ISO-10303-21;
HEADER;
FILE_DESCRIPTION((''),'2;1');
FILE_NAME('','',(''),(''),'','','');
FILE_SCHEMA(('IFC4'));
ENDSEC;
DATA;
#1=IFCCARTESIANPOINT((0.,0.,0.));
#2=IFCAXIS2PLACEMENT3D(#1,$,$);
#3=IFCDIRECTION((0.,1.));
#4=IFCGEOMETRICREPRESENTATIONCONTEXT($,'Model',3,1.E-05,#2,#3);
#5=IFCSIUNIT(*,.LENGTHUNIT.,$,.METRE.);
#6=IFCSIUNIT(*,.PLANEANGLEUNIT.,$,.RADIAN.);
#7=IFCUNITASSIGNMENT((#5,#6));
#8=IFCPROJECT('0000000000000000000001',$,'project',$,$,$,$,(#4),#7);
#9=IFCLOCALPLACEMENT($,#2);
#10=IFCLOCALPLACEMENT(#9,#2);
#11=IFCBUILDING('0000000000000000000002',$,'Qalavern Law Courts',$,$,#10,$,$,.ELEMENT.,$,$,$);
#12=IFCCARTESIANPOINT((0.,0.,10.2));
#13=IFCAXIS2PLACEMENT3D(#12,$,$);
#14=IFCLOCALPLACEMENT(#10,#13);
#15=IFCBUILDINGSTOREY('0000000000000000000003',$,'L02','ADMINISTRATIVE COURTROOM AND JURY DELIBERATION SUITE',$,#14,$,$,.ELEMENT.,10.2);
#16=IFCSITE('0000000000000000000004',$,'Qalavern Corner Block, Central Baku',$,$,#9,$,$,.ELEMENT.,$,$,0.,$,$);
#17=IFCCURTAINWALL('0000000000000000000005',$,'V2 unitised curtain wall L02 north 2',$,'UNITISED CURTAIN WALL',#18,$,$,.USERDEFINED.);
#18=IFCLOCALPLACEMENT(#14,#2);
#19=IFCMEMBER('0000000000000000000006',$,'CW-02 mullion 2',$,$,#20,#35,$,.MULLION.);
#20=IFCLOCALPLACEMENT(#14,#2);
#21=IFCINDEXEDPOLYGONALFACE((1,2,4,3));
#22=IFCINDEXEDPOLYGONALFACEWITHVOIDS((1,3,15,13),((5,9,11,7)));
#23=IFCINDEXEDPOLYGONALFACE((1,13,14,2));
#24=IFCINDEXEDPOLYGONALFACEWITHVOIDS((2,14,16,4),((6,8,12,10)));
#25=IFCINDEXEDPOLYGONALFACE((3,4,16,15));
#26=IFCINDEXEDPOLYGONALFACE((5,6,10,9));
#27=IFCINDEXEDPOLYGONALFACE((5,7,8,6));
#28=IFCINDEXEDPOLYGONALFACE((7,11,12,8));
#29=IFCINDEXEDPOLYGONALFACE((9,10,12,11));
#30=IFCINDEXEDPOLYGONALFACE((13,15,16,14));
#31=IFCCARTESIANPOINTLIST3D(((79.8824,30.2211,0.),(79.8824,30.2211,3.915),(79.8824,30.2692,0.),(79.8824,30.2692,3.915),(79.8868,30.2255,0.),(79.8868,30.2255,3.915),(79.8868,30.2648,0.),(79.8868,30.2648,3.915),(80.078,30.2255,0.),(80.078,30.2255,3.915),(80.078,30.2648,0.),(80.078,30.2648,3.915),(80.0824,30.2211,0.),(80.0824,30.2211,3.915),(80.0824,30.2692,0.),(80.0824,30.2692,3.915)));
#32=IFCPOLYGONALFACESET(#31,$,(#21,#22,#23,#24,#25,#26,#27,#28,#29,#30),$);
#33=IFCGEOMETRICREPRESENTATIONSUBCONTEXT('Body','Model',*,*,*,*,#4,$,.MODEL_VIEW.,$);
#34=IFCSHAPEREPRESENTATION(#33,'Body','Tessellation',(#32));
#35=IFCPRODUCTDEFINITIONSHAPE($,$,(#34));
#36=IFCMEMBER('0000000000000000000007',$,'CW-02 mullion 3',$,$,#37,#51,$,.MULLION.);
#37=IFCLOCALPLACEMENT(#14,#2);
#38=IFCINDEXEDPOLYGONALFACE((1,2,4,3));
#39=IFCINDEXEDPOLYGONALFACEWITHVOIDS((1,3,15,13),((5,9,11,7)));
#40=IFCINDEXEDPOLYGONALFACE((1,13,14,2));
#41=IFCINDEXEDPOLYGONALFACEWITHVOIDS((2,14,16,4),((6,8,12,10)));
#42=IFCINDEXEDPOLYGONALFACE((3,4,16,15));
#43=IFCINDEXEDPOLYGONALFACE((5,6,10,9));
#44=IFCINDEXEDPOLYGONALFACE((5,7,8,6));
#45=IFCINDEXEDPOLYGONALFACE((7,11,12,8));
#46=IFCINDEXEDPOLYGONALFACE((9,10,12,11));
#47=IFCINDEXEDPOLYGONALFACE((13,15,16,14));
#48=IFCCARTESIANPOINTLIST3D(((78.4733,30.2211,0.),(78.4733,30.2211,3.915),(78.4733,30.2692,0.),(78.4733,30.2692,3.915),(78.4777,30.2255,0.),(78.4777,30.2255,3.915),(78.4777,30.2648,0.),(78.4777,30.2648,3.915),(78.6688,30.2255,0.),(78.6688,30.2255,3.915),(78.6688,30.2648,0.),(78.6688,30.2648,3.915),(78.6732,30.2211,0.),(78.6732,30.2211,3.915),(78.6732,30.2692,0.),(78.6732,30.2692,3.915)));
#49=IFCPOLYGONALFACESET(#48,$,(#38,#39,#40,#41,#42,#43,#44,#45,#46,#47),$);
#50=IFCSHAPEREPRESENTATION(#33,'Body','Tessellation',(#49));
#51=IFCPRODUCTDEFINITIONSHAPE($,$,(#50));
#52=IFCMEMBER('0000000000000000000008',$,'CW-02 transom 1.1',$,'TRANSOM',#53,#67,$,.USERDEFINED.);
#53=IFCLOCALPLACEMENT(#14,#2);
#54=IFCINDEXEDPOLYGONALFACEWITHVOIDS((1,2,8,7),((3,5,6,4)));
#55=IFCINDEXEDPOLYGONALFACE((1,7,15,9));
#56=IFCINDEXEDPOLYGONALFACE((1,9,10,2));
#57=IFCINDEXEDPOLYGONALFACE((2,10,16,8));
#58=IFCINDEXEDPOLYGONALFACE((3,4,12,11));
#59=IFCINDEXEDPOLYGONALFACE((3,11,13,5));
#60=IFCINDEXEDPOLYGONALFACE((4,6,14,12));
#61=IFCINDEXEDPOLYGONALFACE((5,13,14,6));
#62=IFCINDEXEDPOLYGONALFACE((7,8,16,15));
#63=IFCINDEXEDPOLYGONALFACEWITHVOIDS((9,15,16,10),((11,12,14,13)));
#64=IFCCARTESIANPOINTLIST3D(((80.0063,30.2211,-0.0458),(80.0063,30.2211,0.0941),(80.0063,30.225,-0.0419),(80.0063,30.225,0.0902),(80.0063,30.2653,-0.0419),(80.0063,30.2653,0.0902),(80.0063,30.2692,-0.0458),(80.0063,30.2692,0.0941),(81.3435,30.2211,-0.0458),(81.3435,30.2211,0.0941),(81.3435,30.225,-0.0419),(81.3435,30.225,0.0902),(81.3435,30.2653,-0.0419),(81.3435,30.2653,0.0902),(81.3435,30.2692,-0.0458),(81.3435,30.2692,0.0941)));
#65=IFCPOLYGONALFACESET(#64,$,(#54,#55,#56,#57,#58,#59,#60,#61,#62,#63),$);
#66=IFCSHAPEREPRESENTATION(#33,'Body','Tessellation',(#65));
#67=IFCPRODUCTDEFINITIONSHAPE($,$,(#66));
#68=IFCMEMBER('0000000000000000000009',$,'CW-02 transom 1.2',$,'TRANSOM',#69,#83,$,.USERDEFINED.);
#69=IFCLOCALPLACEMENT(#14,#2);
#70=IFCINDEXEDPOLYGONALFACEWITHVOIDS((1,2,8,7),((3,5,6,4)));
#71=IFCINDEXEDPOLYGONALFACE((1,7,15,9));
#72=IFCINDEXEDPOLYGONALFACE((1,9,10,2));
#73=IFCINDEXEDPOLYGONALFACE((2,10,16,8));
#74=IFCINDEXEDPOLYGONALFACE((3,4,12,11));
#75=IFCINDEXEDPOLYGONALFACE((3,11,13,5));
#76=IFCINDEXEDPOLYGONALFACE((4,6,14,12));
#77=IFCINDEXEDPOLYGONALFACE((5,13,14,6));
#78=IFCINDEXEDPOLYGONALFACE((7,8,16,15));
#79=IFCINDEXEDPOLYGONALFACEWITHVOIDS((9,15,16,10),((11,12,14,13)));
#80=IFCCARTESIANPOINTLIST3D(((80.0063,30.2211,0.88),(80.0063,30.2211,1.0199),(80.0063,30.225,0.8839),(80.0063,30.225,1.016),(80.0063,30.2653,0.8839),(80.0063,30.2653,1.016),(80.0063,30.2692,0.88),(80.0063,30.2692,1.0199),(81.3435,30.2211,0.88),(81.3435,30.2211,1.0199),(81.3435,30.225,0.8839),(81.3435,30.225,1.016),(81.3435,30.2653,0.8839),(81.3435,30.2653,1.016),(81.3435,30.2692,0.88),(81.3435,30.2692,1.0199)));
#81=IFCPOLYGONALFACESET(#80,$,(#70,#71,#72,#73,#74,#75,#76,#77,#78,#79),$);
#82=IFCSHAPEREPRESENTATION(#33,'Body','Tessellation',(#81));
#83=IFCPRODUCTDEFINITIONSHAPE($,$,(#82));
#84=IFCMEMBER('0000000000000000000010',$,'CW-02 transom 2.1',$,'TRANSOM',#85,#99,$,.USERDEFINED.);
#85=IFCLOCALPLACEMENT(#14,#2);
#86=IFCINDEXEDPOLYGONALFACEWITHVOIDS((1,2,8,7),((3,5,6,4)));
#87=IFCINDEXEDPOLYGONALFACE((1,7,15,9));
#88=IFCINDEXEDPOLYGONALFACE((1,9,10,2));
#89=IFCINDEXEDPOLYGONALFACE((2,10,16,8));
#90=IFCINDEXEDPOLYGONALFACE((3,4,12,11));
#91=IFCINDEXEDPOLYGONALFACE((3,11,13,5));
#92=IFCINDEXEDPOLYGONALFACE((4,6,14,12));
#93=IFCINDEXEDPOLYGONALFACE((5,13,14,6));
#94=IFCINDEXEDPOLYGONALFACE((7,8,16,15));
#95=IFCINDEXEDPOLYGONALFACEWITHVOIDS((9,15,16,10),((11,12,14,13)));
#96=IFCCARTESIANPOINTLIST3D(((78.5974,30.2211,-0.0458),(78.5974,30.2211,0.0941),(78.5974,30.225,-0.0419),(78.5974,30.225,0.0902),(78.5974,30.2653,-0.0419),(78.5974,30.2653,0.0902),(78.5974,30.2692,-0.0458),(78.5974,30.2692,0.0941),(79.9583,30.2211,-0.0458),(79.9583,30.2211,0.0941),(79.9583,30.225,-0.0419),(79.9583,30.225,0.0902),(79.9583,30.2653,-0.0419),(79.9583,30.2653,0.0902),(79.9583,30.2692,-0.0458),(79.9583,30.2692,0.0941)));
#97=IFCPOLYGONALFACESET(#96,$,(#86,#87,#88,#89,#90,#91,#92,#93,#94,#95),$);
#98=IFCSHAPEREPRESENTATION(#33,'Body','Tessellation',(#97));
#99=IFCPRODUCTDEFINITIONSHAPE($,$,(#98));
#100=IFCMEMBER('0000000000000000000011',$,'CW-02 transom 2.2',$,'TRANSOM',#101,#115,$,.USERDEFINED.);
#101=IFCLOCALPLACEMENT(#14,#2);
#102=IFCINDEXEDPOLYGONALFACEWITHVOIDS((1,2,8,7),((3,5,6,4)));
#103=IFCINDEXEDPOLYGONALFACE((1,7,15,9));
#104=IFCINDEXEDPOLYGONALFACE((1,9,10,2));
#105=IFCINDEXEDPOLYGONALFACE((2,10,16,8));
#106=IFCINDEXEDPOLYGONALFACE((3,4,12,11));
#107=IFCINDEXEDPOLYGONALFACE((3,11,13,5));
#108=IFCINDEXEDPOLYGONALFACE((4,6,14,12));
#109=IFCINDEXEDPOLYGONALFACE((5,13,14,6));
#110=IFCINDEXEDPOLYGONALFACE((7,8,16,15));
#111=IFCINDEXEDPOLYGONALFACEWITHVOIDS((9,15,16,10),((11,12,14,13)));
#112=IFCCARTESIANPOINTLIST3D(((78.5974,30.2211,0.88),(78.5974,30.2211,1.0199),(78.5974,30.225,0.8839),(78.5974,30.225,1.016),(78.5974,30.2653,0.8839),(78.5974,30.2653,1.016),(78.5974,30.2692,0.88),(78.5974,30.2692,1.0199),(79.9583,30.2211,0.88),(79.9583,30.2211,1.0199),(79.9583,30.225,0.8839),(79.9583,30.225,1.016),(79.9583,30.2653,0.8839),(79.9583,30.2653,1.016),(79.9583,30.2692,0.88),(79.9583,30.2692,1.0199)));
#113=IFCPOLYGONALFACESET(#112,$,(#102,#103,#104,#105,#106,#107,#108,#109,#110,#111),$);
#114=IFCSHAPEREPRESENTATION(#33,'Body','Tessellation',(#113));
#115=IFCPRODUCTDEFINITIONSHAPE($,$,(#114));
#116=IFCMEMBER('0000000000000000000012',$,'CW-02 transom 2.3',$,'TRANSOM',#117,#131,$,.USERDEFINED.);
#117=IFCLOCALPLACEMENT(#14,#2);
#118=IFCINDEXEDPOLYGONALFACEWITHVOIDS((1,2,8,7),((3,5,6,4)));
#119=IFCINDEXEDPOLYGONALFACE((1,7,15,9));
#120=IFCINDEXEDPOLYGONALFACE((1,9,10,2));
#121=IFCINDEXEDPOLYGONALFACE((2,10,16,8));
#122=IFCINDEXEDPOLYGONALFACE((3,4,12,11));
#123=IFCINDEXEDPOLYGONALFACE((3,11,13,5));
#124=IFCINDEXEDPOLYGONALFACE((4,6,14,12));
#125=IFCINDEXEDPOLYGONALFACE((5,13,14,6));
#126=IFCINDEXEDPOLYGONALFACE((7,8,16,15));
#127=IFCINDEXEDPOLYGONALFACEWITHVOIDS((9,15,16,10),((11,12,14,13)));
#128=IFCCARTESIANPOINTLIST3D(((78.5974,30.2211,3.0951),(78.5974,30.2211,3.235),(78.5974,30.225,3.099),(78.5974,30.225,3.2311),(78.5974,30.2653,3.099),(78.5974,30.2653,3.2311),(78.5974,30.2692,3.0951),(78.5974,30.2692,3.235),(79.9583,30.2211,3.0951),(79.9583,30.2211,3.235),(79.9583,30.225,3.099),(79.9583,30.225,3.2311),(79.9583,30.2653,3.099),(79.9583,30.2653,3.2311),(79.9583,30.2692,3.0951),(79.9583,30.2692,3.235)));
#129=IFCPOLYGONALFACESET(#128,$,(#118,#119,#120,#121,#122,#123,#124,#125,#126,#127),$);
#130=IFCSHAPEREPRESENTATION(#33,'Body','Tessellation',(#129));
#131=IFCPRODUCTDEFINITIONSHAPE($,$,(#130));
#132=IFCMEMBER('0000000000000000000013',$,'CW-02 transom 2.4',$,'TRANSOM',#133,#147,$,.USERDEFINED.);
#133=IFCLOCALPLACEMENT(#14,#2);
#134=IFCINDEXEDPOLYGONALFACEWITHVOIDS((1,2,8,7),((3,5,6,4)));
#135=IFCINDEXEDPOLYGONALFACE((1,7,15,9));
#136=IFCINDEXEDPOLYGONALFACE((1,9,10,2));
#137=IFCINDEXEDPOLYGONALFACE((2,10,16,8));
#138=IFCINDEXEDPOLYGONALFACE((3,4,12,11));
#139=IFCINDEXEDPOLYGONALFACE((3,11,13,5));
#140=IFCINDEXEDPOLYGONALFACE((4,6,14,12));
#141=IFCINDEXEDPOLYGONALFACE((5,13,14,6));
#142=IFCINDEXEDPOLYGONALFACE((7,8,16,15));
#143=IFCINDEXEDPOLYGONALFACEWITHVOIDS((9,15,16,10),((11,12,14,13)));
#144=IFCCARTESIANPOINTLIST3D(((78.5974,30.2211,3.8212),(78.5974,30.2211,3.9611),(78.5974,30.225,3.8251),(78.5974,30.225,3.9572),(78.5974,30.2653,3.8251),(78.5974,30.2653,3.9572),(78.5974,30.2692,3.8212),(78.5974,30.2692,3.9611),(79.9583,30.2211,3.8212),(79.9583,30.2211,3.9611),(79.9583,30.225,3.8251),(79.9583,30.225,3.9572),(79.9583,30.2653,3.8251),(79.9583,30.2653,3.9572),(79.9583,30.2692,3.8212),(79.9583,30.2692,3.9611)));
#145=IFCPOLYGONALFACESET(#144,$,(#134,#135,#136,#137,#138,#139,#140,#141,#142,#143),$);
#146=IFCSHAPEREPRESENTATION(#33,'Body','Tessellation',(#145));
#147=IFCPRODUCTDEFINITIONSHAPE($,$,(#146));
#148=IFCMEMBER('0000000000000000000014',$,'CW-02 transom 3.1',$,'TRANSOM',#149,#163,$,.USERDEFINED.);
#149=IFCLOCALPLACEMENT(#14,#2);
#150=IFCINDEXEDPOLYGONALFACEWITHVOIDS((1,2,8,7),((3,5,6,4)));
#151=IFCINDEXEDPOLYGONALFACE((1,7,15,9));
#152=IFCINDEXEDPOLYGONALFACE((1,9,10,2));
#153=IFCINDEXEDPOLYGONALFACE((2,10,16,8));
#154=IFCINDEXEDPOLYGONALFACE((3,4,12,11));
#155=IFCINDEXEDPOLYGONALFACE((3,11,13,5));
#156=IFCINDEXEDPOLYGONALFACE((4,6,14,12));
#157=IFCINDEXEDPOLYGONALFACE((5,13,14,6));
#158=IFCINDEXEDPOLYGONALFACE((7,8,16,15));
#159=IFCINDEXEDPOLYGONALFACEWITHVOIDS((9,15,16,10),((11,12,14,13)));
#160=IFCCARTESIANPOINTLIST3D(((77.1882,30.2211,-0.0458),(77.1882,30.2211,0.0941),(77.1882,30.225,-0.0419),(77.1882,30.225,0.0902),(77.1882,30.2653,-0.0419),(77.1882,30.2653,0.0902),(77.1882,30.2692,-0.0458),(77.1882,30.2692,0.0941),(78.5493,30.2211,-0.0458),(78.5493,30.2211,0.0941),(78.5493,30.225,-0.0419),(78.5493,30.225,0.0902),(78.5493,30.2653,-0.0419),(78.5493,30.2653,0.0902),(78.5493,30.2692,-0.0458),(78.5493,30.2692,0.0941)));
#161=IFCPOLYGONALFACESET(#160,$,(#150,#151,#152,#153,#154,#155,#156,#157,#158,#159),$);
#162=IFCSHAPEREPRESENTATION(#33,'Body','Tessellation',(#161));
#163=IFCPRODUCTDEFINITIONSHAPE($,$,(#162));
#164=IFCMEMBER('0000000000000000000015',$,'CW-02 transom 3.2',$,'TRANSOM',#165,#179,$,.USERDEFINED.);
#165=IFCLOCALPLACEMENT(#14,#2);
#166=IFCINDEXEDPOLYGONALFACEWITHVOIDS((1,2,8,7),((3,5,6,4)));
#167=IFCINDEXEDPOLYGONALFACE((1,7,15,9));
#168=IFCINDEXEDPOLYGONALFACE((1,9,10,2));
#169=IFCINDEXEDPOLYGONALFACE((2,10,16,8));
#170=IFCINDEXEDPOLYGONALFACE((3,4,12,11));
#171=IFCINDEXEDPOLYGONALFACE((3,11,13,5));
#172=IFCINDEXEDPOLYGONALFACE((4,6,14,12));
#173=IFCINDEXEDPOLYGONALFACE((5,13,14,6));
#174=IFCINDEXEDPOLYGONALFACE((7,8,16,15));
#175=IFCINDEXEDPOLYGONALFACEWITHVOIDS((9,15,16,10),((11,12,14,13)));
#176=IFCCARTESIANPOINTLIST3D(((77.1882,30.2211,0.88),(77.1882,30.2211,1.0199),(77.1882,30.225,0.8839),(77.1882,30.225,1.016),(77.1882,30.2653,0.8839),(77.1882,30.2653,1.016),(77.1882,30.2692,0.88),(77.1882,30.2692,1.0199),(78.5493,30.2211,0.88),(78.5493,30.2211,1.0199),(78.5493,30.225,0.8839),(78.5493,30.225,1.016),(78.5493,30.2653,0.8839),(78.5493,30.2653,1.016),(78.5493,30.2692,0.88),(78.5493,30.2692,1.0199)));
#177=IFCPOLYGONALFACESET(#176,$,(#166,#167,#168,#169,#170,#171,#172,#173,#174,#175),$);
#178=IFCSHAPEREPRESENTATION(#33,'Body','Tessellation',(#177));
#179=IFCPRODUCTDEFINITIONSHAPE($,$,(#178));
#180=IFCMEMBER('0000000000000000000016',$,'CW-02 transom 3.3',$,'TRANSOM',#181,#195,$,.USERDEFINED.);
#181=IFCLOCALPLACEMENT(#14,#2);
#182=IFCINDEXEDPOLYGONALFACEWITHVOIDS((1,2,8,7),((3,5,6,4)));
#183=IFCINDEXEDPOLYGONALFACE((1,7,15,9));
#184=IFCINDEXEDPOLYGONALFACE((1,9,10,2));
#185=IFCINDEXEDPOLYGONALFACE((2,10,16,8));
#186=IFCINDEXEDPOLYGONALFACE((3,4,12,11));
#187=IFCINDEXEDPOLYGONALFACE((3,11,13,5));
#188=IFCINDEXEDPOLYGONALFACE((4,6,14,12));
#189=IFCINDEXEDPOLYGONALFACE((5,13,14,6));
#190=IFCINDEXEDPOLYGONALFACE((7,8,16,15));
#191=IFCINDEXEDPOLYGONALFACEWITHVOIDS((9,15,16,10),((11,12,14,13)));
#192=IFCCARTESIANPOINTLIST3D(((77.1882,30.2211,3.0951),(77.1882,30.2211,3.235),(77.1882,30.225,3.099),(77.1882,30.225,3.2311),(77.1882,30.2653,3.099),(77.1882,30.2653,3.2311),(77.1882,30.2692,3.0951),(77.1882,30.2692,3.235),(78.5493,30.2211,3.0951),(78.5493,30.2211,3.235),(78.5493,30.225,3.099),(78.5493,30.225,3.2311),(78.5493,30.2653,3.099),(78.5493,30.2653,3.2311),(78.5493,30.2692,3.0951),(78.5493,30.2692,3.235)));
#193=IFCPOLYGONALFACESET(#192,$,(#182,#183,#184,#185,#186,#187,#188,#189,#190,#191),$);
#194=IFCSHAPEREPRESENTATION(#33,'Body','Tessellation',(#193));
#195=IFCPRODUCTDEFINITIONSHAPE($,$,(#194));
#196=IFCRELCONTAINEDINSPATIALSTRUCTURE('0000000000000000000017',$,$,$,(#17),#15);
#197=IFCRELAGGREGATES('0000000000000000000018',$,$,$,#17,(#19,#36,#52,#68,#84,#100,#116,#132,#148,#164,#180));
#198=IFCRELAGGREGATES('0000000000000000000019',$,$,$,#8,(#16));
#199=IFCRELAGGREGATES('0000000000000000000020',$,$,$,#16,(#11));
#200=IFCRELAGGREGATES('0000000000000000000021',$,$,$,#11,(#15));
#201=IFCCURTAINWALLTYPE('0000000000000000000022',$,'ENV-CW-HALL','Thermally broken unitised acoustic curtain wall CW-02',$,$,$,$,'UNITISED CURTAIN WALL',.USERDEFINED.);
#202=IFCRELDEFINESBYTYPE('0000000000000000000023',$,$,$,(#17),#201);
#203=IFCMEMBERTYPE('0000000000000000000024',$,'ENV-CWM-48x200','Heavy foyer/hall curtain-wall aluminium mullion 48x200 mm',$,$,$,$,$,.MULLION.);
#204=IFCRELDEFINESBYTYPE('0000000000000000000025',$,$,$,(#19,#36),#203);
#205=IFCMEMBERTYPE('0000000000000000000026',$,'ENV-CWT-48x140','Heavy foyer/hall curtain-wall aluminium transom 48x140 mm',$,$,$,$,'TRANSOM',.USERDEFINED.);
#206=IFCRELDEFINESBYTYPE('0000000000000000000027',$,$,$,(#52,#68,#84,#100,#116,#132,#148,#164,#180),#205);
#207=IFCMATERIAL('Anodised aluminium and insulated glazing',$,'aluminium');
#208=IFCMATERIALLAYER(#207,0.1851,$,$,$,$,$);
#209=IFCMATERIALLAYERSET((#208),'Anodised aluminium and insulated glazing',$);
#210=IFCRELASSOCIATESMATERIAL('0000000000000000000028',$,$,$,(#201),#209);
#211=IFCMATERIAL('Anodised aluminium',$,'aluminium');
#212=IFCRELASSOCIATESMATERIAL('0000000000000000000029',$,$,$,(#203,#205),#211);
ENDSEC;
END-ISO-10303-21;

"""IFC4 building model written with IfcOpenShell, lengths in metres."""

from ifc_helpers import new_model, si_unit, direction, frame, origin, origin_2d, place, context, subcontext, project, spatial, hollow_rectangle, extrude, material, layer, layer_set, material_profile, profile_set, type_object, element, aggregate, save


model = new_model("IFC4")

# Units and contexts
model_context = context("Model", 3, precision=1e-05, world=origin(), true_north=direction((0.0, 1.0)))
body_context = subcontext(model_context, "Body", "Model", "MODEL_VIEW")
ifc_project = project(units=[si_unit("LENGTHUNIT", "METRE"), si_unit("PLANEANGLEUNIT", "RADIAN")], contexts=[model_context])

# Site, building, storey
site_placement = place(None, origin())
site = spatial("IfcSite", under=ifc_project, at=site_placement, Name="Qalavern Corner Block, Central Baku", CompositionType="ELEMENT", RefElevation=0.0)
building_placement = place(site_placement, origin())
building = spatial("IfcBuilding", under=site, at=building_placement, Name="Qalavern Law Courts", CompositionType="ELEMENT")
storey_placement = place(building_placement, frame((0.0, 0.0, 10.2)))
storey = spatial("IfcBuildingStorey", under=building, at=storey_placement, Name="L02", Description="ADMINISTRATIVE COURTROOM AND JURY DELIBERATION SUITE", CompositionType="ELEMENT", Elevation=10.2)

# Curtain wall, members
ifc_material_1 = material(Name="Anodised aluminium and insulated glazing", Category="aluminium")
ifc_layer_1 = layer(ifc_material_1, 0.1851)
ifc_layer_set_1 = layer_set([ifc_layer_1], Name="Anodised aluminium and insulated glazing")
curtain_wall_type = type_object("IfcCurtainWallType", Name="ENV-CW-HALL", Description="Thermally broken unitised acoustic curtain wall CW-02", ElementType="UNITISED CURTAIN WALL", PredefinedType="USERDEFINED", material=ifc_layer_set_1)
curtain_wall_placement = place(storey_placement, origin())
curtain_wall = element("IfcCurtainWall", 1, at=curtain_wall_placement, inside=storey, type_object=curtain_wall_type, Name="V2 unitised curtain wall L02 north 2", ObjectType="UNITISED CURTAIN WALL", PredefinedType="USERDEFINED")
ifc_material_2 = material(Name="Anodised aluminium", Category="aluminium")
ifc_material_profile_1 = material_profile(ifc_material_2, hollow_rectangle(XDim=0.0481, YDim=0.2, WallThickness=0.0044, at=origin_2d()), Name="ALU MULLION 48x200")
ifc_profile_set_1 = profile_set([ifc_material_profile_1], Name="Anodised aluminium")
member_type_1 = type_object("IfcMemberType", Name="ENV-CWM-48x200", Description="Heavy foyer/hall curtain-wall aluminium mullion 48x200 mm", PredefinedType="MULLION", material=ifc_profile_set_1)
member_1_placement = place(storey_placement, frame((79.9824, 30.2451, 0.0), z_axis=(0.0, 0.0, 1.0), x_axis=(0.0, -1.0, 0.0)))
member_1 = element("IfcMember", 2, at=member_1_placement, type_object=member_type_1, Name="CW-02 mullion 2", PredefinedType="MULLION", context=body_context, shape_type="SweptSolid", body=[
    extrude(hollow_rectangle(XDim=0.0481, YDim=0.2, WallThickness=0.0044, at=origin_2d()), origin(), (0.0, 0.0, 1.0), 3.915),
])
member_2_placement = place(storey_placement, frame((78.5732, 30.2451, 0.0), z_axis=(0.0, 0.0, 1.0), x_axis=(0.0, -1.0, 0.0)))
member_2 = element("IfcMember", 3, at=member_2_placement, type_object=member_type_1, Name="CW-02 mullion 3", PredefinedType="MULLION", context=body_context, shape_type="SweptSolid", body=[
    extrude(hollow_rectangle(XDim=0.0481, YDim=0.2, WallThickness=0.0044, at=origin_2d()), origin(), (0.0, 0.0, 1.0), 3.915),
])
ifc_material_profile_2 = material_profile(ifc_material_2, hollow_rectangle(XDim=0.0481, YDim=0.1399, WallThickness=0.0039, at=origin_2d()), Name="ALU TRANSOM 48x140")
ifc_profile_set_2 = profile_set([ifc_material_profile_2], Name="Anodised aluminium")
member_type_2 = type_object("IfcMemberType", Name="ENV-CWT-48x140", Description="Heavy foyer/hall curtain-wall aluminium transom 48x140 mm", ElementType="TRANSOM", PredefinedType="USERDEFINED", material=ifc_profile_set_2)
member_3_placement = place(storey_placement, frame((81.3435, 30.2451, 0.0242), z_axis=(-1.0, 0.0, 0.0), x_axis=(0.0, -1.0, 0.0)))
member_3 = element("IfcMember", 4, at=member_3_placement, type_object=member_type_2, Name="CW-02 transom 1.1", ObjectType="TRANSOM", PredefinedType="USERDEFINED", context=body_context, shape_type="SweptSolid", body=[
    extrude(hollow_rectangle(XDim=0.0481, YDim=0.1399, WallThickness=0.0039, at=origin_2d()), origin(), (0.0, 0.0, 1.0), 1.3372),
])
member_4_placement = place(storey_placement, frame((81.3435, 30.2451, 0.95), z_axis=(-1.0, 0.0, 0.0), x_axis=(0.0, -1.0, 0.0)))
member_4 = element("IfcMember", 5, at=member_4_placement, type_object=member_type_2, Name="CW-02 transom 1.2", ObjectType="TRANSOM", PredefinedType="USERDEFINED", context=body_context, shape_type="SweptSolid", body=[
    extrude(hollow_rectangle(XDim=0.0481, YDim=0.1399, WallThickness=0.0039, at=origin_2d()), origin(), (0.0, 0.0, 1.0), 1.3372),
])
member_5_placement = place(storey_placement, frame((79.9583, 30.2451, 0.0242), z_axis=(-1.0, 0.0, 0.0), x_axis=(0.0, -1.0, 0.0)))
member_5 = element("IfcMember", 6, at=member_5_placement, type_object=member_type_2, Name="CW-02 transom 2.1", ObjectType="TRANSOM", PredefinedType="USERDEFINED", context=body_context, shape_type="SweptSolid", body=[
    extrude(hollow_rectangle(XDim=0.0481, YDim=0.1399, WallThickness=0.0039, at=origin_2d()), origin(), (0.0, 0.0, 1.0), 1.3608),
])
member_6_placement = place(storey_placement, frame((79.9583, 30.2451, 0.95), z_axis=(-1.0, 0.0, 0.0), x_axis=(0.0, -1.0, 0.0)))
member_6 = element("IfcMember", 7, at=member_6_placement, type_object=member_type_2, Name="CW-02 transom 2.2", ObjectType="TRANSOM", PredefinedType="USERDEFINED", context=body_context, shape_type="SweptSolid", body=[
    extrude(hollow_rectangle(XDim=0.0481, YDim=0.1399, WallThickness=0.0039, at=origin_2d()), origin(), (0.0, 0.0, 1.0), 1.3608),
])
member_7_placement = place(storey_placement, frame((79.9583, 30.2451, 3.165), z_axis=(-1.0, 0.0, 0.0), x_axis=(0.0, -1.0, 0.0)))
member_7 = element("IfcMember", 8, at=member_7_placement, type_object=member_type_2, Name="CW-02 transom 2.3", ObjectType="TRANSOM", PredefinedType="USERDEFINED", context=body_context, shape_type="SweptSolid", body=[
    extrude(hollow_rectangle(XDim=0.0481, YDim=0.1399, WallThickness=0.0039, at=origin_2d()), origin(), (0.0, 0.0, 1.0), 1.3608),
])
member_8_placement = place(storey_placement, frame((79.9583, 30.2451, 3.8911), z_axis=(-1.0, 0.0, 0.0), x_axis=(0.0, -1.0, 0.0)))
member_8 = element("IfcMember", 9, at=member_8_placement, type_object=member_type_2, Name="CW-02 transom 2.4", ObjectType="TRANSOM", PredefinedType="USERDEFINED", context=body_context, shape_type="SweptSolid", body=[
    extrude(hollow_rectangle(XDim=0.0481, YDim=0.1399, WallThickness=0.0039, at=origin_2d()), origin(), (0.0, 0.0, 1.0), 1.3608),
])
member_9_placement = place(storey_placement, frame((78.5493, 30.2451, 0.0242), z_axis=(-1.0, 0.0, 0.0), x_axis=(0.0, -1.0, 0.0)))
member_9 = element("IfcMember", 10, at=member_9_placement, type_object=member_type_2, Name="CW-02 transom 3.1", ObjectType="TRANSOM", PredefinedType="USERDEFINED", context=body_context, shape_type="SweptSolid", body=[
    extrude(hollow_rectangle(XDim=0.0481, YDim=0.1399, WallThickness=0.0039, at=origin_2d()), origin(), (0.0, 0.0, 1.0), 1.3611),
])
member_10_placement = place(storey_placement, frame((78.5493, 30.2451, 0.95), z_axis=(-1.0, 0.0, 0.0), x_axis=(0.0, -1.0, 0.0)))
member_10 = element("IfcMember", 11, at=member_10_placement, type_object=member_type_2, Name="CW-02 transom 3.2", ObjectType="TRANSOM", PredefinedType="USERDEFINED", context=body_context, shape_type="SweptSolid", body=[
    extrude(hollow_rectangle(XDim=0.0481, YDim=0.1399, WallThickness=0.0039, at=origin_2d()), origin(), (0.0, 0.0, 1.0), 1.3611),
])
member_11_placement = place(storey_placement, frame((78.5493, 30.2451, 3.165), z_axis=(-1.0, 0.0, 0.0), x_axis=(0.0, -1.0, 0.0)))
member_11 = element("IfcMember", 12, at=member_11_placement, type_object=member_type_2, Name="CW-02 transom 3.3", ObjectType="TRANSOM", PredefinedType="USERDEFINED", context=body_context, shape_type="SweptSolid", body=[
    extrude(hollow_rectangle(XDim=0.0481, YDim=0.1399, WallThickness=0.0039, at=origin_2d()), origin(), (0.0, 0.0, 1.0), 1.3611),
])
aggregate(curtain_wall, [member_1, member_2, member_3, member_4, member_5, member_6, member_7, member_8, member_9, member_10, member_11])

save(model, "model.ifc")
